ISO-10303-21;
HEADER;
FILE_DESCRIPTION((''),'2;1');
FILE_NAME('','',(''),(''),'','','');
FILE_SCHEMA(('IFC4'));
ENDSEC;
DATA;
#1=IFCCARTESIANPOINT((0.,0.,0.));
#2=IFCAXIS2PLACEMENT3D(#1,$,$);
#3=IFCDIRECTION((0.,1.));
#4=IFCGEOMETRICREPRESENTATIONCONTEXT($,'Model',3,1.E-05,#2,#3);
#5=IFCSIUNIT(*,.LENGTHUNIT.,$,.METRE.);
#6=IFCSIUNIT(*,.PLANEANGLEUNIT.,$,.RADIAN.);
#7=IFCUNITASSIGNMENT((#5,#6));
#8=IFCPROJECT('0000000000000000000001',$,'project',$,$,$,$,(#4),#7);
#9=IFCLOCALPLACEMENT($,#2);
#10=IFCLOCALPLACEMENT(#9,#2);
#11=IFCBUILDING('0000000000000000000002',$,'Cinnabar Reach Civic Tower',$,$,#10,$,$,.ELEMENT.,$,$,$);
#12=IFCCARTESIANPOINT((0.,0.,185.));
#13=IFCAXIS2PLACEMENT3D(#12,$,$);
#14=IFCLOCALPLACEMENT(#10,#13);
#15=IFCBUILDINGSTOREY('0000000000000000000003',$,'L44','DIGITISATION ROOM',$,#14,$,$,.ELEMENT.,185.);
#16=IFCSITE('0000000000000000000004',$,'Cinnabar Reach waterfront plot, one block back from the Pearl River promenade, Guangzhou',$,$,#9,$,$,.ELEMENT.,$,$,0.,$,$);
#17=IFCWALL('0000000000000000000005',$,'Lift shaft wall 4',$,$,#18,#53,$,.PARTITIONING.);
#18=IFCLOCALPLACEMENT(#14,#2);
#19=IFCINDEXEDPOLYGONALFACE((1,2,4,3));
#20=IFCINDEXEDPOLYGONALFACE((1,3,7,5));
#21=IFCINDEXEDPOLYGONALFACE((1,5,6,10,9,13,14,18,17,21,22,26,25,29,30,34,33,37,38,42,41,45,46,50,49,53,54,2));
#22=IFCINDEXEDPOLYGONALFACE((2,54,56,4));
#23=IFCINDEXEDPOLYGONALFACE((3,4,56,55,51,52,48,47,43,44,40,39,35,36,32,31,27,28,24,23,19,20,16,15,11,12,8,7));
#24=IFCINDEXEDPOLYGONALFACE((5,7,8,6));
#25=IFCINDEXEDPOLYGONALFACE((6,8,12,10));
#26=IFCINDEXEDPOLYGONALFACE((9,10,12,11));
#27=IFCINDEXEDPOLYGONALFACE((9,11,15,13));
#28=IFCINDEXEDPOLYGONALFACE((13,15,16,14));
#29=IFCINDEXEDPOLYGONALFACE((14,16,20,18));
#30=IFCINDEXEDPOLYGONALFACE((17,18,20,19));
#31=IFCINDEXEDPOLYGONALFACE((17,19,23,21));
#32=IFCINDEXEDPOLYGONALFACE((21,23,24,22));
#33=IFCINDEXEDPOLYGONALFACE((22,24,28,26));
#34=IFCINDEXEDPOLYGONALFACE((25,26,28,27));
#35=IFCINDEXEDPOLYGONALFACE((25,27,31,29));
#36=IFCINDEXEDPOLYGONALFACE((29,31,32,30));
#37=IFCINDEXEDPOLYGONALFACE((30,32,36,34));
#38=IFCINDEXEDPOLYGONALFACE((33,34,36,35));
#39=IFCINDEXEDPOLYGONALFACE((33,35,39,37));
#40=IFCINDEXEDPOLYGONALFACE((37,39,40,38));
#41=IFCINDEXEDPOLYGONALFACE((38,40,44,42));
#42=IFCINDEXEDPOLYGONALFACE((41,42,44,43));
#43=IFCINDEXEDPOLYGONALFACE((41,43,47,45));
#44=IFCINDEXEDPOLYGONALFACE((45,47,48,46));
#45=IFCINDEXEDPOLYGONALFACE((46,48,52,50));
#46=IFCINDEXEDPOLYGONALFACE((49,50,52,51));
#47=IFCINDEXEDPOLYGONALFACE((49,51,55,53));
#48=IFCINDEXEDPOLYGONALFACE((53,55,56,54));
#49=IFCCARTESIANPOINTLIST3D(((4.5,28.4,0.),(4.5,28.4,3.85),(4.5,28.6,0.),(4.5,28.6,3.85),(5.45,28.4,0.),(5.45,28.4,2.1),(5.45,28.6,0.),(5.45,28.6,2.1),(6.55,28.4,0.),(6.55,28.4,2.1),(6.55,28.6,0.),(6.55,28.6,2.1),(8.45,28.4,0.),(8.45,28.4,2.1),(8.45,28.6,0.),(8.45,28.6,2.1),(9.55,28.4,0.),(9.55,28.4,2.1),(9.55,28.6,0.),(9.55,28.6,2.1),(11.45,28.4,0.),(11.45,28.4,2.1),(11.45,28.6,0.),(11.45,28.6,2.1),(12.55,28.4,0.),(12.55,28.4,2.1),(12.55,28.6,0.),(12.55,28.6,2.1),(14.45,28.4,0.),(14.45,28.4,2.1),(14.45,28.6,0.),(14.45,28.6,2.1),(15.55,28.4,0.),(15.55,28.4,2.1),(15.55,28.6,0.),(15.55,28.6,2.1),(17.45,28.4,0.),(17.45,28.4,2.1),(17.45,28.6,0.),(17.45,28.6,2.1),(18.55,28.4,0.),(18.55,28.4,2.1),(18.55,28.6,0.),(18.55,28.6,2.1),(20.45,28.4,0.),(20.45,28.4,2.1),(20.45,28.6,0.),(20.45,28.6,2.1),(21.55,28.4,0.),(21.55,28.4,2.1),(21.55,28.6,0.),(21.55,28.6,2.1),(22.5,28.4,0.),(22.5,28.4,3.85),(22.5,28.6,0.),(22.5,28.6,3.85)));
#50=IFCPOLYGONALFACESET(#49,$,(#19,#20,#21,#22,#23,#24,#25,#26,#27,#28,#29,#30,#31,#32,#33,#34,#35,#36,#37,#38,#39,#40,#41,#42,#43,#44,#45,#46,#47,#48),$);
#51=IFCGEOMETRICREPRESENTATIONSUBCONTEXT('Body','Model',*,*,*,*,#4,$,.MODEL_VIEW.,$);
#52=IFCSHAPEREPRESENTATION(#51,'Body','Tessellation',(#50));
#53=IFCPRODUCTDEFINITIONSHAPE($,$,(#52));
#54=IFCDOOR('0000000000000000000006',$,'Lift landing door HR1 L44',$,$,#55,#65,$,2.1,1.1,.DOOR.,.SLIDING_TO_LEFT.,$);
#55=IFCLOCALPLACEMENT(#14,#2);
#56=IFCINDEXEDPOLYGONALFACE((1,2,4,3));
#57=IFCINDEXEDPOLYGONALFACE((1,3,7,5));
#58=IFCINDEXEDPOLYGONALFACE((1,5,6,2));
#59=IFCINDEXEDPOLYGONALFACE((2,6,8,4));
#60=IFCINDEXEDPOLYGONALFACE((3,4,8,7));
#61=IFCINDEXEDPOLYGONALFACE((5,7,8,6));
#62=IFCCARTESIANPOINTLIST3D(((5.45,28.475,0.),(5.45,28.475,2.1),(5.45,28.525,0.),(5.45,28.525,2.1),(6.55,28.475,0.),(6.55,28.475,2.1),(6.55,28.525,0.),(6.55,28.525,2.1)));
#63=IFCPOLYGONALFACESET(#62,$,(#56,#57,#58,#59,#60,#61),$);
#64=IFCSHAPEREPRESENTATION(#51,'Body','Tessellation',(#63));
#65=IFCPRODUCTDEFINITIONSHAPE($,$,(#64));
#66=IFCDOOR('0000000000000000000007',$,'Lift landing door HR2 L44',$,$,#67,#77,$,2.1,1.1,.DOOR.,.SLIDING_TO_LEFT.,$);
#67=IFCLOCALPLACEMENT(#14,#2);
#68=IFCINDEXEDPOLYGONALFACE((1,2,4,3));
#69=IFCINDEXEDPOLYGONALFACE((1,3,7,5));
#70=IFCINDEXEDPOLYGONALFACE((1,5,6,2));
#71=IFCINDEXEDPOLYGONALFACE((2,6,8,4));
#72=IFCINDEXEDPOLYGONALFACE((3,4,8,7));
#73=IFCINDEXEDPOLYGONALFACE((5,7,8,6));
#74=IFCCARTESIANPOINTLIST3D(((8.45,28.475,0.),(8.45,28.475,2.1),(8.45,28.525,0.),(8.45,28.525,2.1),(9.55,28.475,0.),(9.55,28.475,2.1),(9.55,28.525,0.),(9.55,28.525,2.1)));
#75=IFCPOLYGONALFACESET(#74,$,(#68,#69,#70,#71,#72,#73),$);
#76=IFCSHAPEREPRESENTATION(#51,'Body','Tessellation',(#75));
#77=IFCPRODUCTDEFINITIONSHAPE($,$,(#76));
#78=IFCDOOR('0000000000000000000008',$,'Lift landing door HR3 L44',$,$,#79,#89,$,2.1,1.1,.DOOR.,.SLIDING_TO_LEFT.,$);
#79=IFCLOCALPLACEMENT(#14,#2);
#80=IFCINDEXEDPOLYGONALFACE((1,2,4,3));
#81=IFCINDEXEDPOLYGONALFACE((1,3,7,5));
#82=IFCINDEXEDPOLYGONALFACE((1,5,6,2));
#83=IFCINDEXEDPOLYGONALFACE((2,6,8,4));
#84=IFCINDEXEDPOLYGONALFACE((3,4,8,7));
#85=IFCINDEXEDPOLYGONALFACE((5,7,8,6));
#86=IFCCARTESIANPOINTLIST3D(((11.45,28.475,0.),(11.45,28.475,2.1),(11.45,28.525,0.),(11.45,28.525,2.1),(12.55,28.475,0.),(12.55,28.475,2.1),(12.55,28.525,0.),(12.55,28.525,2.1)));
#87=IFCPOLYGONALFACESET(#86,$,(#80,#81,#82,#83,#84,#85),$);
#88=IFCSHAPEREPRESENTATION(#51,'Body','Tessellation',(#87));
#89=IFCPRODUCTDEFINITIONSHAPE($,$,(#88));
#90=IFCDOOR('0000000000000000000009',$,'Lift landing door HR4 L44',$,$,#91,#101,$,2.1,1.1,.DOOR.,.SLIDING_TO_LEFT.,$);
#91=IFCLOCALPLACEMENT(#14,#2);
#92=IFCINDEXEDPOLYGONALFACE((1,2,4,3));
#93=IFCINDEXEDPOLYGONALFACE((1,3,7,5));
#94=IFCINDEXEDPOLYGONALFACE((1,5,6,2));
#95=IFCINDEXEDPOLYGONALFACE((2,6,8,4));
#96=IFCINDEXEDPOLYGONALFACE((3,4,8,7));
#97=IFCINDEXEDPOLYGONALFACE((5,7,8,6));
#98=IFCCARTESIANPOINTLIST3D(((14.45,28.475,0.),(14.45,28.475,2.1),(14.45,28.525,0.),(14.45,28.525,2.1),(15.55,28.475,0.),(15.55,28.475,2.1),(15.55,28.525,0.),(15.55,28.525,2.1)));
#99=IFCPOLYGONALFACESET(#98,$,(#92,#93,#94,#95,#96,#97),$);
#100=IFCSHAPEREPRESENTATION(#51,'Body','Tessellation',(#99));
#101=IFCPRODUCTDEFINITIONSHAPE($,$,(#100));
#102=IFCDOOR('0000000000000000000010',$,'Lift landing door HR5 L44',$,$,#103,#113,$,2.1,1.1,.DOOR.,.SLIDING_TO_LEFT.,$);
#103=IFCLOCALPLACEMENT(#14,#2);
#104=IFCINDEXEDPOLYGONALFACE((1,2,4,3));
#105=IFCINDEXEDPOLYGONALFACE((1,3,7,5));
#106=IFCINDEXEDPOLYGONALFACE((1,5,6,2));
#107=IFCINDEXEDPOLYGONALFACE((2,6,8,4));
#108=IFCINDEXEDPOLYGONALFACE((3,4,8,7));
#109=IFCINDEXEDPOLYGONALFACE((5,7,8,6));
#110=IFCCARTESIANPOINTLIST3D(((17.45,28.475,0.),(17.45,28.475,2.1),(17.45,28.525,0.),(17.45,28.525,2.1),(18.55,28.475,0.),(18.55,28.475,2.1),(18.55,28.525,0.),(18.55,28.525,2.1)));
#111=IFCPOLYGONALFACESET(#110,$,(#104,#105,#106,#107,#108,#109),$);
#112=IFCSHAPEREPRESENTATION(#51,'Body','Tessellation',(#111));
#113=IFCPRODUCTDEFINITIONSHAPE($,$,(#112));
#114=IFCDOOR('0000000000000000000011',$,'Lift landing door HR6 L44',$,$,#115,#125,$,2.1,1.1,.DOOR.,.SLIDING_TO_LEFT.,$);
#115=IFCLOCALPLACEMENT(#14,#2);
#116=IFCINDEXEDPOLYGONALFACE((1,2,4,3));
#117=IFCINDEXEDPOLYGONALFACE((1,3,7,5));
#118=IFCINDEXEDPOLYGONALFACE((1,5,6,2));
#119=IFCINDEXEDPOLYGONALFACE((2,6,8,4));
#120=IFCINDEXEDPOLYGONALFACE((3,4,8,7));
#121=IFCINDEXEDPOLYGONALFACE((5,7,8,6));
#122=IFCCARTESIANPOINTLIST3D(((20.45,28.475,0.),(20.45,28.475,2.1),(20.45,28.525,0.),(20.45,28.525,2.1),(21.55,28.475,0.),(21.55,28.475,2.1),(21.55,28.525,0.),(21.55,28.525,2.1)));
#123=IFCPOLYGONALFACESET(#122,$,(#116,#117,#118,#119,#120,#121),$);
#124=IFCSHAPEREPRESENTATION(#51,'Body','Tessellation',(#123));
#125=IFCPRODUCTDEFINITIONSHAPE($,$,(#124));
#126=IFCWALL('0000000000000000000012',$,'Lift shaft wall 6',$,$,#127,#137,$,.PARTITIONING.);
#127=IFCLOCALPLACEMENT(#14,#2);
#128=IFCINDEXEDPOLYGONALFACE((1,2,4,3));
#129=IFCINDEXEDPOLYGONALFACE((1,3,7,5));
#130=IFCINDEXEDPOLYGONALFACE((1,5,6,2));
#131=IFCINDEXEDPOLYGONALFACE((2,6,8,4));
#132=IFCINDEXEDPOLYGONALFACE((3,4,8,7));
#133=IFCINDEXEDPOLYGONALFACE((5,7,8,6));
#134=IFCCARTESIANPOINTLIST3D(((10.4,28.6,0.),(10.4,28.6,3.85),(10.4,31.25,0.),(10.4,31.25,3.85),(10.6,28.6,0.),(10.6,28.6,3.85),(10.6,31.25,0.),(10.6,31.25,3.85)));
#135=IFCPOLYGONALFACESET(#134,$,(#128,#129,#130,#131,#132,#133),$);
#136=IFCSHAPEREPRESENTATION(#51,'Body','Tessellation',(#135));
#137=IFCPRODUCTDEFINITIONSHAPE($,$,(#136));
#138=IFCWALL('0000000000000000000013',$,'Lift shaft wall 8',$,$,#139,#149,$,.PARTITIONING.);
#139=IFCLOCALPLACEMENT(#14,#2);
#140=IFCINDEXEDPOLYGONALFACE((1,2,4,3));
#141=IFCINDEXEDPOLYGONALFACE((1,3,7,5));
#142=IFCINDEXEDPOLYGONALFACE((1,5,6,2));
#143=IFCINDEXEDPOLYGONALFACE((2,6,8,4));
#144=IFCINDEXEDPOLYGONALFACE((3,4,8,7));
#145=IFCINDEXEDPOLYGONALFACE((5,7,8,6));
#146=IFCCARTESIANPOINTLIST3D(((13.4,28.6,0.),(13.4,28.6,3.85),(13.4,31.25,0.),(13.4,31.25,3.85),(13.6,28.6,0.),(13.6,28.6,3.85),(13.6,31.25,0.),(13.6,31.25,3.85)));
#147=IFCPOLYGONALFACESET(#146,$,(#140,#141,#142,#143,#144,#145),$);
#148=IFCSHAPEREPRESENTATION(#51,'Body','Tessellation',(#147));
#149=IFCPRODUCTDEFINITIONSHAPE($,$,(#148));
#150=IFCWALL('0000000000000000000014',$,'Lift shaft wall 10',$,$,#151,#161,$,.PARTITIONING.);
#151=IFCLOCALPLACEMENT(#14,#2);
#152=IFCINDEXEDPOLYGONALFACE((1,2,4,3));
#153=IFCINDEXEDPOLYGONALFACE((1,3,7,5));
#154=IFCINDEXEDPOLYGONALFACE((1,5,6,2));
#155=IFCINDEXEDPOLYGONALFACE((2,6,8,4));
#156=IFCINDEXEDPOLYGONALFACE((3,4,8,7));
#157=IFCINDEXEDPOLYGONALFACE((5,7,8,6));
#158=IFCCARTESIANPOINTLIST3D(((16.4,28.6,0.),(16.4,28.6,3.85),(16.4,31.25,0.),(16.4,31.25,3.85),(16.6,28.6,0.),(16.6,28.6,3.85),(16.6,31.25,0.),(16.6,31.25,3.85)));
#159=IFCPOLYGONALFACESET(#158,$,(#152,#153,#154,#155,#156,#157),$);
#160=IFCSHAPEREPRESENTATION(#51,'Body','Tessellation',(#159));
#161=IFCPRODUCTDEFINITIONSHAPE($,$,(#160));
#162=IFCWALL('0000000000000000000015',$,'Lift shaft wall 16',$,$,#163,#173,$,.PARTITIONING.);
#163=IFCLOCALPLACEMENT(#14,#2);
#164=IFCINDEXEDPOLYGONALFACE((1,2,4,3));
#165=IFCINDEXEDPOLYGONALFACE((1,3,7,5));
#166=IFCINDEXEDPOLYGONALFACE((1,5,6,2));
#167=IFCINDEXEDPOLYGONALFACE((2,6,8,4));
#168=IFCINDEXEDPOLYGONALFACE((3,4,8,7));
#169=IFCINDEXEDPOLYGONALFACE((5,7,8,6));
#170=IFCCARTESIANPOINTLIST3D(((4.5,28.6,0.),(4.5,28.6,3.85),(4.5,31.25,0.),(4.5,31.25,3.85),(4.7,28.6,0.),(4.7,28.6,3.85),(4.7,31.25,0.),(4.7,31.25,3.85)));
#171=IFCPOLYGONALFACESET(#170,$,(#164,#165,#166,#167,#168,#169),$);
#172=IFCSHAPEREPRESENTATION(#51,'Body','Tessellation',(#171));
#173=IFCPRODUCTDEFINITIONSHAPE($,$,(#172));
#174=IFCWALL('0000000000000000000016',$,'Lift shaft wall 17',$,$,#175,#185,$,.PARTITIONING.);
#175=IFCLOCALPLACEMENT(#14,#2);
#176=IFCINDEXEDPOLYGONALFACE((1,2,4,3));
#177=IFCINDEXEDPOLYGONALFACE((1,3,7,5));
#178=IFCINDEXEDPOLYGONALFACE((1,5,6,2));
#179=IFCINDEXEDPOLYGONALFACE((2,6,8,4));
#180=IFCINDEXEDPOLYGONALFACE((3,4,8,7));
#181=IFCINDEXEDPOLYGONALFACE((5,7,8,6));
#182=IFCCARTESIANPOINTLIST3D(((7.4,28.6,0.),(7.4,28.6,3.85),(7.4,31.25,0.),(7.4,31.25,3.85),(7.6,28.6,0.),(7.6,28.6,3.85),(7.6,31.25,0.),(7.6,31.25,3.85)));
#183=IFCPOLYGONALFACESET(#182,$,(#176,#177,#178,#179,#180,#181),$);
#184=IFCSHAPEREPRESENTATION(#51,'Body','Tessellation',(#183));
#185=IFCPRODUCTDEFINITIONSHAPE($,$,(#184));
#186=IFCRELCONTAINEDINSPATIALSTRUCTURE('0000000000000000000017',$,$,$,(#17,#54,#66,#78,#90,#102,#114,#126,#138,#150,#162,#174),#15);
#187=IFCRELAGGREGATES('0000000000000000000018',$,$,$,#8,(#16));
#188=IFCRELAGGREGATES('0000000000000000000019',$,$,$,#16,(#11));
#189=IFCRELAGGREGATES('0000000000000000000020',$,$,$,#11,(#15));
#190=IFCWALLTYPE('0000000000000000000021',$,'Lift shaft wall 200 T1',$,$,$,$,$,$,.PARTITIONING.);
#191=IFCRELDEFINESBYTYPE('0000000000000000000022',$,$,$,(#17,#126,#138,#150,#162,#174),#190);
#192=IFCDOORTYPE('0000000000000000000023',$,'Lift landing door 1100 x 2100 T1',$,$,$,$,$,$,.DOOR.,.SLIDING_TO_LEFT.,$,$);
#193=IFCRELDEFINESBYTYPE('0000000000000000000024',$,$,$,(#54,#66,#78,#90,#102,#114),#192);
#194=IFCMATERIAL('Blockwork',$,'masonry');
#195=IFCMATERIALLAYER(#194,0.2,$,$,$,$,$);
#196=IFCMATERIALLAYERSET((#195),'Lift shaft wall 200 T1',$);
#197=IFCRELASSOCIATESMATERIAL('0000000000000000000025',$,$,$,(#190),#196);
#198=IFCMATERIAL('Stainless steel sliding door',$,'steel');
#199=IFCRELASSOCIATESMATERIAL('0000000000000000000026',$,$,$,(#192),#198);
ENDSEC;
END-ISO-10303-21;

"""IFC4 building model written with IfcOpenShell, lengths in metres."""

from ifc_helpers import new_model, si_unit, direction, frame, frame_2d, origin, place, context, subcontext, project, spatial, rectangle, extrude, material, layer, layer_set, type_object, element, fill, save


model = new_model("IFC4")

# Units and contexts
model_context = context("Model", 3, precision=1e-05, world=origin(), true_north=direction((0.0, 1.0)))
body_context = subcontext(model_context, "Body", "Model", "MODEL_VIEW")
ifc_project = project(units=[si_unit("LENGTHUNIT", "METRE"), si_unit("PLANEANGLEUNIT", "RADIAN")], contexts=[model_context])

# Site, building, storey
site_placement = place(None, origin())
site = spatial("IfcSite", under=ifc_project, at=site_placement, Name="Cinnabar Reach waterfront plot, one block back from the Pearl River promenade, Guangzhou", CompositionType="ELEMENT", RefElevation=0.0)
building_placement = place(site_placement, origin())
building = spatial("IfcBuilding", under=site, at=building_placement, Name="Cinnabar Reach Civic Tower", CompositionType="ELEMENT")
storey_placement = place(building_placement, frame((0.0, 0.0, 185.0)))
storey = spatial("IfcBuildingStorey", under=building, at=storey_placement, Name="L44", Description="DIGITISATION ROOM", CompositionType="ELEMENT", Elevation=185.0)

# Wall, openings, doors
ifc_material_1 = material(Name="Blockwork", Category="masonry")
ifc_layer_1 = layer(ifc_material_1, 0.2)
ifc_layer_set_1 = layer_set([ifc_layer_1], Name="Lift shaft wall 200 T1")
wall_type_1 = type_object("IfcWallType", Name="Lift shaft wall 200 T1", PredefinedType="PARTITIONING", material=ifc_layer_set_1)
wall_1_placement = place(storey_placement, frame((4.5, 28.5, 0.0), z_axis=(0.0, 0.0, 1.0), x_axis=(1.0, 0.0, 0.0)))
wall_1 = element("IfcWall", 1, at=wall_1_placement, inside=storey, type_object=wall_type_1, Name="Lift shaft wall 4", PredefinedType="PARTITIONING", context=body_context, shape_type="SweptSolid", body=[
    extrude(rectangle(XDim=18.0, YDim=0.2, at=frame_2d((9.0, 0.0))), origin(), (0.0, 0.0, 1.0), 3.85),
])
opening_1_placement = place(wall_1_placement, frame((0.95, 0.0, 0.0)))
opening_1 = element("IfcOpeningElement", 2, at=opening_1_placement, cuts=wall_1, PredefinedType="OPENING", context=body_context, shape_type="SweptSolid", body=[
    extrude(rectangle(XDim=1.1, YDim=2.1, at=frame_2d((0.55, 1.05))), frame((0.0, 0.11, 0.0), z_axis=(0.0, -1.0, 0.0), x_axis=(1.0, 0.0, 0.0)), (0.0, 0.0, 1.0), 0.22),
])
opening_2_placement = place(wall_1_placement, frame((3.95, 0.0, 0.0)))
opening_2 = element("IfcOpeningElement", 3, at=opening_2_placement, cuts=wall_1, PredefinedType="OPENING", context=body_context, shape_type="SweptSolid", body=[
    extrude(rectangle(XDim=1.1, YDim=2.1, at=frame_2d((0.55, 1.05))), frame((0.0, 0.11, 0.0), z_axis=(0.0, -1.0, 0.0), x_axis=(1.0, 0.0, 0.0)), (0.0, 0.0, 1.0), 0.22),
])
opening_3_placement = place(wall_1_placement, frame((6.95, 0.0, 0.0)))
opening_3 = element("IfcOpeningElement", 4, at=opening_3_placement, cuts=wall_1, PredefinedType="OPENING", context=body_context, shape_type="SweptSolid", body=[
    extrude(rectangle(XDim=1.1, YDim=2.1, at=frame_2d((0.55, 1.05))), frame((0.0, 0.11, 0.0), z_axis=(0.0, -1.0, 0.0), x_axis=(1.0, 0.0, 0.0)), (0.0, 0.0, 1.0), 0.22),
])
opening_4_placement = place(wall_1_placement, frame((9.95, 0.0, 0.0)))
opening_4 = element("IfcOpeningElement", 5, at=opening_4_placement, cuts=wall_1, PredefinedType="OPENING", context=body_context, shape_type="SweptSolid", body=[
    extrude(rectangle(XDim=1.1, YDim=2.1, at=frame_2d((0.55, 1.05))), frame((0.0, 0.11, 0.0), z_axis=(0.0, -1.0, 0.0), x_axis=(1.0, 0.0, 0.0)), (0.0, 0.0, 1.0), 0.22),
])
opening_5_placement = place(wall_1_placement, frame((12.95, 0.0, 0.0)))
opening_5 = element("IfcOpeningElement", 6, at=opening_5_placement, cuts=wall_1, PredefinedType="OPENING", context=body_context, shape_type="SweptSolid", body=[
    extrude(rectangle(XDim=1.1, YDim=2.1, at=frame_2d((0.55, 1.05))), frame((0.0, 0.11, 0.0), z_axis=(0.0, -1.0, 0.0), x_axis=(1.0, 0.0, 0.0)), (0.0, 0.0, 1.0), 0.22),
])
opening_6_placement = place(wall_1_placement, frame((15.95, 0.0, 0.0)))
opening_6 = element("IfcOpeningElement", 7, at=opening_6_placement, cuts=wall_1, PredefinedType="OPENING", context=body_context, shape_type="SweptSolid", body=[
    extrude(rectangle(XDim=1.1, YDim=2.1, at=frame_2d((0.55, 1.05))), frame((0.0, 0.11, 0.0), z_axis=(0.0, -1.0, 0.0), x_axis=(1.0, 0.0, 0.0)), (0.0, 0.0, 1.0), 0.22),
])
ifc_material_2 = material(Name="Stainless steel sliding door", Category="steel")
door_type_1 = type_object("IfcDoorType", Name="Lift landing door 1100 x 2100 T1", OperationType="SLIDING_TO_LEFT", PredefinedType="DOOR", material=ifc_material_2)
door_1_placement = place(opening_1_placement, origin())
door_1 = element("IfcDoor", 8, at=door_1_placement, inside=storey, type_object=door_type_1, Name="Lift landing door HR1 L44", OperationType="SLIDING_TO_LEFT", OverallHeight=2.1, OverallWidth=1.1, PredefinedType="DOOR", context=body_context, shape_type="SweptSolid", body=[
    extrude(rectangle(XDim=1.1, YDim=2.1, at=frame_2d((0.55, 1.05))), frame((0.0, 0.025, 0.0), z_axis=(0.0, -1.0, 0.0), x_axis=(1.0, 0.0, 0.0)), (0.0, 0.0, 1.0), 0.05),
])
fill(opening_1, door_1)
door_2_placement = place(opening_2_placement, origin())
door_2 = element("IfcDoor", 9, at=door_2_placement, inside=storey, type_object=door_type_1, Name="Lift landing door HR2 L44", OperationType="SLIDING_TO_LEFT", OverallHeight=2.1, OverallWidth=1.1, PredefinedType="DOOR", context=body_context, shape_type="SweptSolid", body=[
    extrude(rectangle(XDim=1.1, YDim=2.1, at=frame_2d((0.55, 1.05))), frame((0.0, 0.025, 0.0), z_axis=(0.0, -1.0, 0.0), x_axis=(1.0, 0.0, 0.0)), (0.0, 0.0, 1.0), 0.05),
])
fill(opening_2, door_2)
door_3_placement = place(opening_3_placement, origin())
door_3 = element("IfcDoor", 10, at=door_3_placement, inside=storey, type_object=door_type_1, Name="Lift landing door HR3 L44", OperationType="SLIDING_TO_LEFT", OverallHeight=2.1, OverallWidth=1.1, PredefinedType="DOOR", context=body_context, shape_type="SweptSolid", body=[
    extrude(rectangle(XDim=1.1, YDim=2.1, at=frame_2d((0.55, 1.05))), frame((0.0, 0.025, 0.0), z_axis=(0.0, -1.0, 0.0), x_axis=(1.0, 0.0, 0.0)), (0.0, 0.0, 1.0), 0.05),
])
fill(opening_3, door_3)
door_4_placement = place(opening_4_placement, origin())
door_4 = element("IfcDoor", 11, at=door_4_placement, inside=storey, type_object=door_type_1, Name="Lift landing door HR4 L44", OperationType="SLIDING_TO_LEFT", OverallHeight=2.1, OverallWidth=1.1, PredefinedType="DOOR", context=body_context, shape_type="SweptSolid", body=[
    extrude(rectangle(XDim=1.1, YDim=2.1, at=frame_2d((0.55, 1.05))), frame((0.0, 0.025, 0.0), z_axis=(0.0, -1.0, 0.0), x_axis=(1.0, 0.0, 0.0)), (0.0, 0.0, 1.0), 0.05),
])
fill(opening_4, door_4)
door_5_placement = place(opening_5_placement, origin())
door_5 = element("IfcDoor", 12, at=door_5_placement, inside=storey, type_object=door_type_1, Name="Lift landing door HR5 L44", OperationType="SLIDING_TO_LEFT", OverallHeight=2.1, OverallWidth=1.1, PredefinedType="DOOR", context=body_context, shape_type="SweptSolid", body=[
    extrude(rectangle(XDim=1.1, YDim=2.1, at=frame_2d((0.55, 1.05))), frame((0.0, 0.025, 0.0), z_axis=(0.0, -1.0, 0.0), x_axis=(1.0, 0.0, 0.0)), (0.0, 0.0, 1.0), 0.05),
])
fill(opening_5, door_5)
door_6_placement = place(opening_6_placement, origin())
door_6 = element("IfcDoor", 13, at=door_6_placement, inside=storey, type_object=door_type_1, Name="Lift landing door HR6 L44", OperationType="SLIDING_TO_LEFT", OverallHeight=2.1, OverallWidth=1.1, PredefinedType="DOOR", context=body_context, shape_type="SweptSolid", body=[
    extrude(rectangle(XDim=1.1, YDim=2.1, at=frame_2d((0.55, 1.05))), frame((0.0, 0.025, 0.0), z_axis=(0.0, -1.0, 0.0), x_axis=(1.0, 0.0, 0.0)), (0.0, 0.0, 1.0), 0.05),
])
fill(opening_6, door_6)

# Walls
for number, where, z_axis, x_axis, name in (
    (14, (10.5, 28.6, 0.0), (0.0, 0.0, 1.0), (0.0, 1.0, 0.0), "Lift shaft wall 6"),
    (15, (13.5, 28.6, 0.0), (0.0, 0.0, 1.0), (0.0, 1.0, 0.0), "Lift shaft wall 8"),
    (16, (16.5, 28.6, 0.0), (0.0, 0.0, 1.0), (0.0, 1.0, 0.0), "Lift shaft wall 10"),
    (17, (4.6, 28.6, 0.0), (0.0, 0.0, 1.0), (0.0, 1.0, 0.0), "Lift shaft wall 16"),
    (18, (7.5, 28.6, 0.0), (0.0, 0.0, 1.0), (0.0, 1.0, 0.0), "Lift shaft wall 17"),
):
    element("IfcWall", number, at=place(storey_placement, frame(where, z_axis=z_axis, x_axis=x_axis)), inside=storey, type_object=wall_type_1, Name=name, PredefinedType="PARTITIONING", context=body_context, shape_type="SweptSolid", body=[
        extrude(rectangle(XDim=2.65, YDim=0.2, at=frame_2d((1.325, 0.0))), origin(), (0.0, 0.0, 1.0), 3.85),
    ])

save(model, "model.ifc")
